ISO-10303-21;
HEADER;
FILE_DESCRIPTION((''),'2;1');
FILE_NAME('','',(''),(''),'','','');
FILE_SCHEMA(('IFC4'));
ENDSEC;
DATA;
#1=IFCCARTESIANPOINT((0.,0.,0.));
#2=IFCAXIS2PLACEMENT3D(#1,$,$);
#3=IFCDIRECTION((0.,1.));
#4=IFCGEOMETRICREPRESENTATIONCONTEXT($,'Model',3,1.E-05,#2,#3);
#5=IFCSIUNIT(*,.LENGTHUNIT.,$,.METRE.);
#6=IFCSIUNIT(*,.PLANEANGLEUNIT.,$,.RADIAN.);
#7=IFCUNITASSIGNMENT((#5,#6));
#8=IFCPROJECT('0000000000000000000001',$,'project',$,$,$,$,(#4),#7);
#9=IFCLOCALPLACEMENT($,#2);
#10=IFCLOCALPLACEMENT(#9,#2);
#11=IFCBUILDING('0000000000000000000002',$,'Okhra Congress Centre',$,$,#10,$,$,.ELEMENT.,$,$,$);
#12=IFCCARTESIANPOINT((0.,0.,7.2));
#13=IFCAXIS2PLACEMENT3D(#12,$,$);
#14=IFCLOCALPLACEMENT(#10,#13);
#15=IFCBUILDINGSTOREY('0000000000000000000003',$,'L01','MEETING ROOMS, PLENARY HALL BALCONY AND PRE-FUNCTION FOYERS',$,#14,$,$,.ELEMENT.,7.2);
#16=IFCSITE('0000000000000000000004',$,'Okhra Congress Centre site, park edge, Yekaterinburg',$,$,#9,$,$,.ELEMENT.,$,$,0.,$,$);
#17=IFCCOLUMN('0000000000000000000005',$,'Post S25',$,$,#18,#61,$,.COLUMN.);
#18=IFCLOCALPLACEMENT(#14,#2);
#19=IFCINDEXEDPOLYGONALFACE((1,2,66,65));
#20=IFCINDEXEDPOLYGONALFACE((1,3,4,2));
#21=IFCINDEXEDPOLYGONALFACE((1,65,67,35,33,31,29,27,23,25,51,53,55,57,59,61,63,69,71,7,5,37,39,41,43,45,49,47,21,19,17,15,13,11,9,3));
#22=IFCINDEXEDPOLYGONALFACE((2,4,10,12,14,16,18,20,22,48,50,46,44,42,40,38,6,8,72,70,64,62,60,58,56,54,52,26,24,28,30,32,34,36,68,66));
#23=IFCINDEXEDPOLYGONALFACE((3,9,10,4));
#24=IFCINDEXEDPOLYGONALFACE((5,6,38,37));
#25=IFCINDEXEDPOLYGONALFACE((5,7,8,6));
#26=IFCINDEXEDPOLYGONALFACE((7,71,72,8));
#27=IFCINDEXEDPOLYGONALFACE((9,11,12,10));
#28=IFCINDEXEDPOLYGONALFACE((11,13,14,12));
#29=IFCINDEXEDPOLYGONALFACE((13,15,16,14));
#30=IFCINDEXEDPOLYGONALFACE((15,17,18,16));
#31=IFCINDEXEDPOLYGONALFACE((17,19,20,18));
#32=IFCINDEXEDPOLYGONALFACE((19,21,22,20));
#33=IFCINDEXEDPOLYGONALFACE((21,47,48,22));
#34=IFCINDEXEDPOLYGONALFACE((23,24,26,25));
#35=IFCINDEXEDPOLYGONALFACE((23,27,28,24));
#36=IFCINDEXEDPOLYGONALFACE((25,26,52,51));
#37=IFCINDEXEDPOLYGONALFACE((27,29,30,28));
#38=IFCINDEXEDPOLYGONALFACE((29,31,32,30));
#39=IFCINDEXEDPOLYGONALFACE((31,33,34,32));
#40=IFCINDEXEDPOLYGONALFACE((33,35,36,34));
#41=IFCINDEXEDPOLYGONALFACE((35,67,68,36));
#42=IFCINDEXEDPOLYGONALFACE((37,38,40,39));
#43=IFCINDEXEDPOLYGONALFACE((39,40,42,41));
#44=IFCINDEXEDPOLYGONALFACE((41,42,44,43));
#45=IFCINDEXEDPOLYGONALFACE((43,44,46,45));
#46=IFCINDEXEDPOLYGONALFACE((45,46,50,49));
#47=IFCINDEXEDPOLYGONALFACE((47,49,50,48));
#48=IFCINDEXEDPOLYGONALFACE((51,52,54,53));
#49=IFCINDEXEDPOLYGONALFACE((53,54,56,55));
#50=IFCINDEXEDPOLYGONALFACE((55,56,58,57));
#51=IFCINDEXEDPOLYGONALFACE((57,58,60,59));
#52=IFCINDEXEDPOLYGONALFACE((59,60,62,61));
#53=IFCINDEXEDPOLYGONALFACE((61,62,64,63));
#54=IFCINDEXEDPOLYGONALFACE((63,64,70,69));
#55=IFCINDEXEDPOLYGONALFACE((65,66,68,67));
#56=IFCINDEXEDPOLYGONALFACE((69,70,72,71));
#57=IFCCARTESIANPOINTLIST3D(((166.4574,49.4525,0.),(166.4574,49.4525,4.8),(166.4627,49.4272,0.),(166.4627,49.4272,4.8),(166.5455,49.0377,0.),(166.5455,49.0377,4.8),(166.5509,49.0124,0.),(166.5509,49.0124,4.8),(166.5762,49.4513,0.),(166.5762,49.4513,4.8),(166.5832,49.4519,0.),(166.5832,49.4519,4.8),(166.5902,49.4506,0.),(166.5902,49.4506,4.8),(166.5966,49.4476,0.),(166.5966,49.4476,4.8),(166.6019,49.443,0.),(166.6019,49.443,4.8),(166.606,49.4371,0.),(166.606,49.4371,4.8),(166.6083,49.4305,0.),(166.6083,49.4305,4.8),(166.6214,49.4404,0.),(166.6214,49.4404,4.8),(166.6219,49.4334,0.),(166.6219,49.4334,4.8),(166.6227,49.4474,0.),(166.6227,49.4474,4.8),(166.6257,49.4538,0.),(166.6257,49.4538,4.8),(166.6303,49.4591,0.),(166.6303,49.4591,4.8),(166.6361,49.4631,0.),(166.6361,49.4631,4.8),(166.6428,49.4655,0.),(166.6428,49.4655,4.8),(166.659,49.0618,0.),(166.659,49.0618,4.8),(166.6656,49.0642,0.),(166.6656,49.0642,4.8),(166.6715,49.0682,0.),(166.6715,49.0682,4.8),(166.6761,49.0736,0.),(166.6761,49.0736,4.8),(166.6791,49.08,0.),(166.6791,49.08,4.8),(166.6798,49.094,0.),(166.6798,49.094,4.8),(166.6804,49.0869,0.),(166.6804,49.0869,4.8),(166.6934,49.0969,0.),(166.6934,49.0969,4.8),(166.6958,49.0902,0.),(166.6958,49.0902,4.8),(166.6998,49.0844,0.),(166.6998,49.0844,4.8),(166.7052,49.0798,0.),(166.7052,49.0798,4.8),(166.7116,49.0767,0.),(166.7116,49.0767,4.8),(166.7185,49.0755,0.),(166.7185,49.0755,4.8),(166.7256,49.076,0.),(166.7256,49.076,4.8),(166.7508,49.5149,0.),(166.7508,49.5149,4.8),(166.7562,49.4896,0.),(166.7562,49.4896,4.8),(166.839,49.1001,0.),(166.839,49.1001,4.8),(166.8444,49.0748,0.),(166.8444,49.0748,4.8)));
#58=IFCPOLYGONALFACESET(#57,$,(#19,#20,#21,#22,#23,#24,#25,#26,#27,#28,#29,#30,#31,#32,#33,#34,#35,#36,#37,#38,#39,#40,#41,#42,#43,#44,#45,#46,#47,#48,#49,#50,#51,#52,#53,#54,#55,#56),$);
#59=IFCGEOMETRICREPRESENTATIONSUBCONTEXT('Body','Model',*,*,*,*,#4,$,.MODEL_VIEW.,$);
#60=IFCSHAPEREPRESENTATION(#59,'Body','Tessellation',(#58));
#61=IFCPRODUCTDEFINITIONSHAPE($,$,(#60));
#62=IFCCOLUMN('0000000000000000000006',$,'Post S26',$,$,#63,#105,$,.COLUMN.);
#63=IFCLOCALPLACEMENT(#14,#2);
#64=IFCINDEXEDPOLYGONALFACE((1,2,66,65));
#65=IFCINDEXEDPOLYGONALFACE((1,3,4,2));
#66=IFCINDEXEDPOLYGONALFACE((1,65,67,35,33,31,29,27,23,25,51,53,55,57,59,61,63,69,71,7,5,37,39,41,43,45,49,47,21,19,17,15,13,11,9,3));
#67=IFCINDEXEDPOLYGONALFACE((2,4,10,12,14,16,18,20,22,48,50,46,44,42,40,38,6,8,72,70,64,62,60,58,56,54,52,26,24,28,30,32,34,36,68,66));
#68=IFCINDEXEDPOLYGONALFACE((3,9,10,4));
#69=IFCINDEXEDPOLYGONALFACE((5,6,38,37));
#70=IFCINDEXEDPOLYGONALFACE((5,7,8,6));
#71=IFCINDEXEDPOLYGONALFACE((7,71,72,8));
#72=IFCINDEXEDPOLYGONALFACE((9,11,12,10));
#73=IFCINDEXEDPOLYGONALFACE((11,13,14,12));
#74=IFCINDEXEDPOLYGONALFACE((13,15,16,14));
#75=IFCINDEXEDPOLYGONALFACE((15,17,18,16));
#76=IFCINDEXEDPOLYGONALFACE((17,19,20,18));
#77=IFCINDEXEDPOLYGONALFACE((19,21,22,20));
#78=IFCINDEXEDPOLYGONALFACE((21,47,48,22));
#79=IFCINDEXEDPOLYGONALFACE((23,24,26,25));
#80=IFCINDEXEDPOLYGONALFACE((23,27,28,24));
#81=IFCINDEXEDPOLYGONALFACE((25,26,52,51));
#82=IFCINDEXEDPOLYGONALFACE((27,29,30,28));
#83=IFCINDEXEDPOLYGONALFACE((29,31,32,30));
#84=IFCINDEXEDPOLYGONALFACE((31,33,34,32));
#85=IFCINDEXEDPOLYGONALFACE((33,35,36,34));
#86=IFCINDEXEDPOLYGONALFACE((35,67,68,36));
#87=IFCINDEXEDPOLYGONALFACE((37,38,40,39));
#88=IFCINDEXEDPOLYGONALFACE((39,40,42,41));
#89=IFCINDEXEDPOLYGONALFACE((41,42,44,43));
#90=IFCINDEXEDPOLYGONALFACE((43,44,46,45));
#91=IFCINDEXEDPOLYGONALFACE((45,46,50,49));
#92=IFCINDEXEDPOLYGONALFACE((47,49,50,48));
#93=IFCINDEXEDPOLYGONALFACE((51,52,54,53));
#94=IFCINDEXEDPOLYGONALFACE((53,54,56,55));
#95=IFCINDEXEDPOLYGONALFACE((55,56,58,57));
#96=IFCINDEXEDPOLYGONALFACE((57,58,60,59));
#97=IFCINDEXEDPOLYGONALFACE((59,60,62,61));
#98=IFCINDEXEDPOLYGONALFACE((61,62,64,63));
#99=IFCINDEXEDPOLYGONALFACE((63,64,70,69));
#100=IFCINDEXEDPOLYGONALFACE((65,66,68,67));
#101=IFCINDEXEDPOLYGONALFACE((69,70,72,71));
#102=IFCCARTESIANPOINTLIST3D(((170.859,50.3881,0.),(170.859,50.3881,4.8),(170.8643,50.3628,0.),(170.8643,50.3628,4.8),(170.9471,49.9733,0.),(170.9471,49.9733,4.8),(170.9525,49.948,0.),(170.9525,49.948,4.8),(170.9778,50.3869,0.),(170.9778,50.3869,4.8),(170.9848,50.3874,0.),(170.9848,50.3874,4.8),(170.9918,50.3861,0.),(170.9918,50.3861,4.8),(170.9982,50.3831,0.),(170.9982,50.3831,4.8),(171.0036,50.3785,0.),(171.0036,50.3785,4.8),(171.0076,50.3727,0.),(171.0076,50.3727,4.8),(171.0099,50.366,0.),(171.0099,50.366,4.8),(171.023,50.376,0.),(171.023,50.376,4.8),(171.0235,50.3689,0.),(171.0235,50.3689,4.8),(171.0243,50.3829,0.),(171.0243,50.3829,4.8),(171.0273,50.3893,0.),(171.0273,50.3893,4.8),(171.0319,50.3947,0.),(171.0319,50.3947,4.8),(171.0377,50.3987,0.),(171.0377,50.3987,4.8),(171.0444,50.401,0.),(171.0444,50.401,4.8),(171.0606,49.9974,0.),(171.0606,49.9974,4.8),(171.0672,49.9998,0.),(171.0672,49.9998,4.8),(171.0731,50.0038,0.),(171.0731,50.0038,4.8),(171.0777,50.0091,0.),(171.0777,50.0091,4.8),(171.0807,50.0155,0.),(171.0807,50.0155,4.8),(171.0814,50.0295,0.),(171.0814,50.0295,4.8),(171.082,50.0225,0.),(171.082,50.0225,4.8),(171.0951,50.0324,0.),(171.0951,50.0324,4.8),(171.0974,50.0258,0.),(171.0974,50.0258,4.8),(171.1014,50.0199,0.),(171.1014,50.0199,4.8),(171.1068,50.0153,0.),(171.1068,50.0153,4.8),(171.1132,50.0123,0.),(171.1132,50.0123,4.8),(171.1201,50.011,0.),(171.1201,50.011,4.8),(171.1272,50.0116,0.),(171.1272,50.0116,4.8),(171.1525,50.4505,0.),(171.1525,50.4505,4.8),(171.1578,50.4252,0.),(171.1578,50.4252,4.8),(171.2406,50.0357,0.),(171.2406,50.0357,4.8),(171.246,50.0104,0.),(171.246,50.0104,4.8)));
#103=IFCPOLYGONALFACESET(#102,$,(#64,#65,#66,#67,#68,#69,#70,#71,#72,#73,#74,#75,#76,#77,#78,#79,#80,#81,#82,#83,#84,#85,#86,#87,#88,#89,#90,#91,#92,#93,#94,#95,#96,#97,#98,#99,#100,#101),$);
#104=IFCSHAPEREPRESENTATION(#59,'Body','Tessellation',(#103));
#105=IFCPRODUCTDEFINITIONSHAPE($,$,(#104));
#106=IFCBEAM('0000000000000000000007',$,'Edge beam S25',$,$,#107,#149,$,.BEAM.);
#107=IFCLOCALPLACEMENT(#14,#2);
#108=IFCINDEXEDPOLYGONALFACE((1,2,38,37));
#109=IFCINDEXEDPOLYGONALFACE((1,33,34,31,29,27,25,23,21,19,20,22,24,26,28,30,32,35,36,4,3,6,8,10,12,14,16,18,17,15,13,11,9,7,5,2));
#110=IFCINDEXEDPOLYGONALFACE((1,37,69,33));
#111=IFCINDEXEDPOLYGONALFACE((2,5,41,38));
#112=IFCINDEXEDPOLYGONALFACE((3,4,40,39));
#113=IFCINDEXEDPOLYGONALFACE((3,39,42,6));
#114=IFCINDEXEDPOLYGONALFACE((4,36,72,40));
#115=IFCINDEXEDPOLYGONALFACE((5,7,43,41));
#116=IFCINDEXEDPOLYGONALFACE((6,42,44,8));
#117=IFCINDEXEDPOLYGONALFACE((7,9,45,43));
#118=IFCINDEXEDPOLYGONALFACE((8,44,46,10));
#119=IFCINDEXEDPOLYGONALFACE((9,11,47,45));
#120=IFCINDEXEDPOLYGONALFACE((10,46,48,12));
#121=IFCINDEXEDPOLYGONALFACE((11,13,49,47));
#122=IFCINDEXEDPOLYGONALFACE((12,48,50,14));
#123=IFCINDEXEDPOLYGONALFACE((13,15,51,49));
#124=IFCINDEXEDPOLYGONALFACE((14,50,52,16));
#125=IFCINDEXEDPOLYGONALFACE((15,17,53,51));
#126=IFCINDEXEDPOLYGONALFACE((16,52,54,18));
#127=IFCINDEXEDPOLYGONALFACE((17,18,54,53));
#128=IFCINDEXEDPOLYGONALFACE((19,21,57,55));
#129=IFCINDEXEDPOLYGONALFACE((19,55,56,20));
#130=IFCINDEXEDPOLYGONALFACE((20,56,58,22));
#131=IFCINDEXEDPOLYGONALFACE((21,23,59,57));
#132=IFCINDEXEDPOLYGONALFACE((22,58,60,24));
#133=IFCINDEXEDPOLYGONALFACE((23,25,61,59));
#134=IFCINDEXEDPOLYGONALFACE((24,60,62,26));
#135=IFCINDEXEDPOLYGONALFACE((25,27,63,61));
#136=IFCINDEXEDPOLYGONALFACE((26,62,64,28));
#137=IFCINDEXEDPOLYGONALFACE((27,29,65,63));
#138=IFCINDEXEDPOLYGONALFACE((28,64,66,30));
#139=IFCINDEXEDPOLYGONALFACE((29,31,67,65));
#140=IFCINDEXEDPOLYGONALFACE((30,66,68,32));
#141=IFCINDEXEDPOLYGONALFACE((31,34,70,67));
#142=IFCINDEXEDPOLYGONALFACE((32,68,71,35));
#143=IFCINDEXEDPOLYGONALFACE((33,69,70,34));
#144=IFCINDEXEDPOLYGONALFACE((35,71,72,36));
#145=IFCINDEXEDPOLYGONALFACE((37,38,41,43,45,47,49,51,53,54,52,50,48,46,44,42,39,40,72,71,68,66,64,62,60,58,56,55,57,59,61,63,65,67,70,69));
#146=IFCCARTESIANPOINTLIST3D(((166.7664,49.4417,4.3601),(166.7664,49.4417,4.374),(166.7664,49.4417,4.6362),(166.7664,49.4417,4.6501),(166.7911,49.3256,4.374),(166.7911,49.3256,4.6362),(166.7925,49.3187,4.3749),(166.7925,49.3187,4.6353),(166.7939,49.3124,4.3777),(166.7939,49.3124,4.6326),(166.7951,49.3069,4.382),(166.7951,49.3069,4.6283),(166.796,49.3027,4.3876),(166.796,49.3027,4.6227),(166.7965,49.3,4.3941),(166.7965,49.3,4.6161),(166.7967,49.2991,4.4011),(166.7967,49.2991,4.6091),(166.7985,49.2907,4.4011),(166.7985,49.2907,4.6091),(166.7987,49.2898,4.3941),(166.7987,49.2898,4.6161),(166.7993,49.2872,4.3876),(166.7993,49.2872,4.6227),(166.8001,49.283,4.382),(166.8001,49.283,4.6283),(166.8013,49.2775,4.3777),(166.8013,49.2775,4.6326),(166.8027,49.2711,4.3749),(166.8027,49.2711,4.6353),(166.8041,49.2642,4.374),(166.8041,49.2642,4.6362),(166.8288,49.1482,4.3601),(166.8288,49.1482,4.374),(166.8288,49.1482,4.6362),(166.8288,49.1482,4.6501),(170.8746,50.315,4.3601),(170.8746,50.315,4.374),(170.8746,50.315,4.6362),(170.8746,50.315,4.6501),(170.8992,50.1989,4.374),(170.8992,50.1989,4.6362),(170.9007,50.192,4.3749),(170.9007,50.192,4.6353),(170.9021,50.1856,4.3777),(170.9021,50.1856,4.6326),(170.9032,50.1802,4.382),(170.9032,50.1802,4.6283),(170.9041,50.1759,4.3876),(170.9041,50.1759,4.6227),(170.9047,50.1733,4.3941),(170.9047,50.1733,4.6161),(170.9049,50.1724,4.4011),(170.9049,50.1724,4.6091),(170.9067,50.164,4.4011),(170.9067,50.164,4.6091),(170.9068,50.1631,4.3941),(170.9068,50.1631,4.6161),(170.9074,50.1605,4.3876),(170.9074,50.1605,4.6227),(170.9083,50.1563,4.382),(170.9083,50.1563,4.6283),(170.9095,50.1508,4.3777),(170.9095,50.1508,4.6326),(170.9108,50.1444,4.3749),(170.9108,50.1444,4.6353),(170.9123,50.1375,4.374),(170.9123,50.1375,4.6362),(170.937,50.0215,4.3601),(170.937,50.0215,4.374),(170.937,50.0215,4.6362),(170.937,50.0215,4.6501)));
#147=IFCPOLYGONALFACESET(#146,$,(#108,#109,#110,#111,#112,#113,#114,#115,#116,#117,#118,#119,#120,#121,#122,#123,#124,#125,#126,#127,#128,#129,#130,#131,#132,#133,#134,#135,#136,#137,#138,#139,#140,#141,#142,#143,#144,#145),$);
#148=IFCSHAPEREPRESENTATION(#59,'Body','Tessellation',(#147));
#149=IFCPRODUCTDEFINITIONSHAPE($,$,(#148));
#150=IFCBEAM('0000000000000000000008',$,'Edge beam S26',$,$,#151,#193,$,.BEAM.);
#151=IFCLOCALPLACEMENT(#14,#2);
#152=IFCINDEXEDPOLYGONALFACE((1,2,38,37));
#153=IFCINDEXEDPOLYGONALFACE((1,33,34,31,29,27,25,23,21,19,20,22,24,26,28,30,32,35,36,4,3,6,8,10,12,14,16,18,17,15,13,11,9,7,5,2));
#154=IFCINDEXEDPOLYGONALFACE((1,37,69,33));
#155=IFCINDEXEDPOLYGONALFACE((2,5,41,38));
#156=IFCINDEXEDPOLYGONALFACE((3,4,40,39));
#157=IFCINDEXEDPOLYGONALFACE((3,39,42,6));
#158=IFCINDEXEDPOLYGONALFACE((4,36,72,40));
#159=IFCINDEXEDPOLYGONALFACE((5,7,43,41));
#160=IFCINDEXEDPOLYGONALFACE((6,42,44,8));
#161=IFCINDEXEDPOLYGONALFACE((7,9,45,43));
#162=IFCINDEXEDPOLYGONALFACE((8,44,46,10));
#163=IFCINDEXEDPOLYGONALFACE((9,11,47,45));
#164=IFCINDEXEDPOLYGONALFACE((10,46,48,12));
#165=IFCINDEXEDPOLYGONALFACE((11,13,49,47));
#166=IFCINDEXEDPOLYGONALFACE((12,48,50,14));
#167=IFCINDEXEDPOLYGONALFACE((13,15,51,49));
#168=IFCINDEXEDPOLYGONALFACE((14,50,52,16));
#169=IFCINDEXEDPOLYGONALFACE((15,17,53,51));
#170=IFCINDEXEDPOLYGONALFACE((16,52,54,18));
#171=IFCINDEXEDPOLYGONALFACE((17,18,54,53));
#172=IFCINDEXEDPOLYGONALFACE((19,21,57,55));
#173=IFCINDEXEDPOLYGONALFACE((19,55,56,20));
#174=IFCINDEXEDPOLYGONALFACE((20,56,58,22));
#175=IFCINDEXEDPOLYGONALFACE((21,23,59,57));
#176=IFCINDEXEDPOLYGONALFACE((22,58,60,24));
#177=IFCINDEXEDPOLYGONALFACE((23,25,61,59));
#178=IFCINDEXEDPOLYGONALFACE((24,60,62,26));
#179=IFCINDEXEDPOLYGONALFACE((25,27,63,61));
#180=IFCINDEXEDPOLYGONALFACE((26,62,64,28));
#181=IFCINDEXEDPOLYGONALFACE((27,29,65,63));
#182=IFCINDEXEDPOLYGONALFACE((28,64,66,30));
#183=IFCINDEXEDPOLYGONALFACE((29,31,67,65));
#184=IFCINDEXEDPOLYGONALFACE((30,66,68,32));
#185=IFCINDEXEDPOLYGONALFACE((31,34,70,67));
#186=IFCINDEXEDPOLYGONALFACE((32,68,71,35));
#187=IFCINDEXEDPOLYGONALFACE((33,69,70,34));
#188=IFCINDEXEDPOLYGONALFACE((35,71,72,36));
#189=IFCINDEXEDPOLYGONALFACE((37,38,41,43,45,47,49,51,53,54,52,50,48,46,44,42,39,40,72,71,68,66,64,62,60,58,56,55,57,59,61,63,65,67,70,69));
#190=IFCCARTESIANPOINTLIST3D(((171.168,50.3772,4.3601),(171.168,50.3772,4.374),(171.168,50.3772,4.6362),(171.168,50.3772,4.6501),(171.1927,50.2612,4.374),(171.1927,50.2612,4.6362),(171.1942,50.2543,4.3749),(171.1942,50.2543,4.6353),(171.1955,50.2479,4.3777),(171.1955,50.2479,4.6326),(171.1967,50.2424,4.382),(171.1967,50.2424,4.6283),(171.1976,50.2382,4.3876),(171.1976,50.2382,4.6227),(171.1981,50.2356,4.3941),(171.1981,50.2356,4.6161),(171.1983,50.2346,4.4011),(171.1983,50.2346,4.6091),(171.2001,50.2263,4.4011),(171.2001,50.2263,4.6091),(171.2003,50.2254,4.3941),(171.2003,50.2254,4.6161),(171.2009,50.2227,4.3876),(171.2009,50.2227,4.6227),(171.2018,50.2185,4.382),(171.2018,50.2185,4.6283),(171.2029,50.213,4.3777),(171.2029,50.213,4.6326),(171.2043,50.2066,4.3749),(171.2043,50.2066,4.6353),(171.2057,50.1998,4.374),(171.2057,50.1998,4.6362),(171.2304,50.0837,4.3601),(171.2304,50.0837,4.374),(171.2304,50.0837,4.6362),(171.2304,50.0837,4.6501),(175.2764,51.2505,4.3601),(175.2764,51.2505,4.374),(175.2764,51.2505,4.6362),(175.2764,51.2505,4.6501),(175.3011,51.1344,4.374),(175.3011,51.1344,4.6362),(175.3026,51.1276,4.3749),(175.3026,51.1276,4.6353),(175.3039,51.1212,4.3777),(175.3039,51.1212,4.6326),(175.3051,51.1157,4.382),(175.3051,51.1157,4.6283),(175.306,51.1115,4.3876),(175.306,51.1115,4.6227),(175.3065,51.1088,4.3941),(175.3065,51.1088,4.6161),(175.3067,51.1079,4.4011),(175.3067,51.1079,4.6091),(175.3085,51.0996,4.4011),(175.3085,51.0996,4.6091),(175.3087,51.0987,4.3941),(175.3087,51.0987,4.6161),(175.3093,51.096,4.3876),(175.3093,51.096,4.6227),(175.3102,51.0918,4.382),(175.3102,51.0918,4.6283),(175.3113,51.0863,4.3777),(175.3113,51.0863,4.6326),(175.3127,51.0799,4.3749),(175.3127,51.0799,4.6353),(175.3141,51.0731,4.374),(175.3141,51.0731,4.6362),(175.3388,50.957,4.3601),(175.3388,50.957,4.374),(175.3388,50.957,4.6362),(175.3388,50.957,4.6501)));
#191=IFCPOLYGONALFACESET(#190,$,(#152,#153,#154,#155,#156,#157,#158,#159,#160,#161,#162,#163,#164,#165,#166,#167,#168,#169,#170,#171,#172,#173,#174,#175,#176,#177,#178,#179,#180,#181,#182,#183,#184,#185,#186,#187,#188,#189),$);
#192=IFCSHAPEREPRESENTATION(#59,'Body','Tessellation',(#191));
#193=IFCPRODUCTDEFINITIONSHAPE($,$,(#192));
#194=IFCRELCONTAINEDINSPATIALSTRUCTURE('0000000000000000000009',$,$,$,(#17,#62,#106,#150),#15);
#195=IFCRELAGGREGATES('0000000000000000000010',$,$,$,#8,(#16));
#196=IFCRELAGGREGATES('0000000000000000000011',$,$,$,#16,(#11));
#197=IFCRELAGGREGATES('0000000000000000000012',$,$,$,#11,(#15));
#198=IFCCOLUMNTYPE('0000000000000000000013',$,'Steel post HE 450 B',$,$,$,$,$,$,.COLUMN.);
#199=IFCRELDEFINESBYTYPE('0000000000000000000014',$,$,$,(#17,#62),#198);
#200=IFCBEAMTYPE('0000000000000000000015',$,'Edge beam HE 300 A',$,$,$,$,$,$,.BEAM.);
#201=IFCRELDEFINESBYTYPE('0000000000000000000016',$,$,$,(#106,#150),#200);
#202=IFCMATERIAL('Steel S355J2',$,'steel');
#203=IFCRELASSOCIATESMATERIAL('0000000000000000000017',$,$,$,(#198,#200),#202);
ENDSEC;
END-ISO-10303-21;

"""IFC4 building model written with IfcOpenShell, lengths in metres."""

from ifc_helpers import new_model, si_unit, direction, frame, origin, origin_2d, place, context, subcontext, project, spatial, i_section, extrude, material, material_profile, profile_set, type_object, element, save


model = new_model("IFC4")

# Units and contexts
model_context = context("Model", 3, precision=1e-05, world=origin(), true_north=direction((0.0, 1.0)))
body_context = subcontext(model_context, "Body", "Model", "MODEL_VIEW")
ifc_project = project(units=[si_unit("LENGTHUNIT", "METRE"), si_unit("PLANEANGLEUNIT", "RADIAN")], contexts=[model_context])

# Site, building, storey
site_placement = place(None, origin())
site = spatial("IfcSite", under=ifc_project, at=site_placement, Name="Okhra Congress Centre site, park edge, Yekaterinburg", CompositionType="ELEMENT", RefElevation=0.0)
building_placement = place(site_placement, origin())
building = spatial("IfcBuilding", under=site, at=building_placement, Name="Okhra Congress Centre", CompositionType="ELEMENT")
storey_placement = place(building_placement, frame((0.0, 0.0, 7.2)))
storey = spatial("IfcBuildingStorey", under=building, at=storey_placement, Name="L01", Description="MEETING ROOMS, PLENARY HALL BALCONY AND PRE-FUNCTION FOYERS", CompositionType="ELEMENT", Elevation=7.2)

# Columns
ifc_material_1 = material(Name="Steel S355J2", Category="steel")
ifc_material_profile_1 = material_profile(ifc_material_1, i_section(OverallWidth=0.3, OverallDepth=0.45, WebThickness=0.0139, FlangeThickness=0.0259, FilletRadius=0.0271, at=origin_2d()), Name="HE 450 B")
ifc_profile_set_1 = profile_set([ifc_material_profile_1], Name="Steel S355J2")
column_type = type_object("IfcColumnType", Name="Steel post HE 450 B", PredefinedType="COLUMN", material=ifc_profile_set_1)
for number, where, z_axis, x_axis, name in (
    (1, (166.6509, 49.2637, 0.0), (0.0, 0.0, 1.0), (0.978148, 0.207912, 0.0), "Post S25"),
    (2, (171.0525, 50.1992, 0.0), (0.0, 0.0, 1.0), (0.978148, 0.207912, 0.0), "Post S26"),
):
    element("IfcColumn", number, at=place(storey_placement, frame(where, z_axis=z_axis, x_axis=x_axis)), inside=storey, type_object=column_type, Name=name, PredefinedType="COLUMN", context=body_context, shape_type="SweptSolid", body=[
        extrude(i_section(OverallWidth=0.3, OverallDepth=0.45, WebThickness=0.0139, FlangeThickness=0.0259, FilletRadius=0.0271, at=origin_2d()), origin(), (0.0, 0.0, 1.0), 4.8),
    ])

# Beams
ifc_material_profile_2 = material_profile(ifc_material_1, i_section(OverallWidth=0.3, OverallDepth=0.29, WebThickness=0.0085, FlangeThickness=0.0139, FilletRadius=0.0271, at=origin_2d()), Name="HE 300 A")
ifc_profile_set_2 = profile_set([ifc_material_profile_2], Name="Steel S355J2")
beam_type_1 = type_object("IfcBeamType", Name="Edge beam HE 300 A", PredefinedType="BEAM", material=ifc_profile_set_2)
beam_1_placement = place(storey_placement, frame((166.7976, 49.2949, 4.5051), z_axis=(0.978144, 0.207929, 0.0), x_axis=(-0.207929, 0.978144, 0.0)))
element("IfcBeam", 3, at=beam_1_placement, inside=storey, type_object=beam_type_1, Name="Edge beam S25", PredefinedType="BEAM", context=body_context, shape_type="SweptSolid", body=[
    extrude(i_section(OverallWidth=0.3, OverallDepth=0.29, WebThickness=0.0085, FlangeThickness=0.0139, FilletRadius=0.0271, at=origin_2d()), origin(), (0.0, 0.0, 1.0), 4.2),
])
beam_2_placement = place(storey_placement, frame((171.1992, 50.2305, 4.5051), z_axis=(0.978146, 0.207917, 0.0), x_axis=(-0.207917, 0.978146, 0.0)))
element("IfcBeam", 4, at=beam_2_placement, inside=storey, type_object=beam_type_1, Name="Edge beam S26", PredefinedType="BEAM", context=body_context, shape_type="SweptSolid", body=[
    extrude(i_section(OverallWidth=0.3, OverallDepth=0.29, WebThickness=0.0085, FlangeThickness=0.0139, FilletRadius=0.0271, at=origin_2d()), origin(), (0.0, 0.0, 1.0), 4.2002),
])

save(model, "model.ifc")
